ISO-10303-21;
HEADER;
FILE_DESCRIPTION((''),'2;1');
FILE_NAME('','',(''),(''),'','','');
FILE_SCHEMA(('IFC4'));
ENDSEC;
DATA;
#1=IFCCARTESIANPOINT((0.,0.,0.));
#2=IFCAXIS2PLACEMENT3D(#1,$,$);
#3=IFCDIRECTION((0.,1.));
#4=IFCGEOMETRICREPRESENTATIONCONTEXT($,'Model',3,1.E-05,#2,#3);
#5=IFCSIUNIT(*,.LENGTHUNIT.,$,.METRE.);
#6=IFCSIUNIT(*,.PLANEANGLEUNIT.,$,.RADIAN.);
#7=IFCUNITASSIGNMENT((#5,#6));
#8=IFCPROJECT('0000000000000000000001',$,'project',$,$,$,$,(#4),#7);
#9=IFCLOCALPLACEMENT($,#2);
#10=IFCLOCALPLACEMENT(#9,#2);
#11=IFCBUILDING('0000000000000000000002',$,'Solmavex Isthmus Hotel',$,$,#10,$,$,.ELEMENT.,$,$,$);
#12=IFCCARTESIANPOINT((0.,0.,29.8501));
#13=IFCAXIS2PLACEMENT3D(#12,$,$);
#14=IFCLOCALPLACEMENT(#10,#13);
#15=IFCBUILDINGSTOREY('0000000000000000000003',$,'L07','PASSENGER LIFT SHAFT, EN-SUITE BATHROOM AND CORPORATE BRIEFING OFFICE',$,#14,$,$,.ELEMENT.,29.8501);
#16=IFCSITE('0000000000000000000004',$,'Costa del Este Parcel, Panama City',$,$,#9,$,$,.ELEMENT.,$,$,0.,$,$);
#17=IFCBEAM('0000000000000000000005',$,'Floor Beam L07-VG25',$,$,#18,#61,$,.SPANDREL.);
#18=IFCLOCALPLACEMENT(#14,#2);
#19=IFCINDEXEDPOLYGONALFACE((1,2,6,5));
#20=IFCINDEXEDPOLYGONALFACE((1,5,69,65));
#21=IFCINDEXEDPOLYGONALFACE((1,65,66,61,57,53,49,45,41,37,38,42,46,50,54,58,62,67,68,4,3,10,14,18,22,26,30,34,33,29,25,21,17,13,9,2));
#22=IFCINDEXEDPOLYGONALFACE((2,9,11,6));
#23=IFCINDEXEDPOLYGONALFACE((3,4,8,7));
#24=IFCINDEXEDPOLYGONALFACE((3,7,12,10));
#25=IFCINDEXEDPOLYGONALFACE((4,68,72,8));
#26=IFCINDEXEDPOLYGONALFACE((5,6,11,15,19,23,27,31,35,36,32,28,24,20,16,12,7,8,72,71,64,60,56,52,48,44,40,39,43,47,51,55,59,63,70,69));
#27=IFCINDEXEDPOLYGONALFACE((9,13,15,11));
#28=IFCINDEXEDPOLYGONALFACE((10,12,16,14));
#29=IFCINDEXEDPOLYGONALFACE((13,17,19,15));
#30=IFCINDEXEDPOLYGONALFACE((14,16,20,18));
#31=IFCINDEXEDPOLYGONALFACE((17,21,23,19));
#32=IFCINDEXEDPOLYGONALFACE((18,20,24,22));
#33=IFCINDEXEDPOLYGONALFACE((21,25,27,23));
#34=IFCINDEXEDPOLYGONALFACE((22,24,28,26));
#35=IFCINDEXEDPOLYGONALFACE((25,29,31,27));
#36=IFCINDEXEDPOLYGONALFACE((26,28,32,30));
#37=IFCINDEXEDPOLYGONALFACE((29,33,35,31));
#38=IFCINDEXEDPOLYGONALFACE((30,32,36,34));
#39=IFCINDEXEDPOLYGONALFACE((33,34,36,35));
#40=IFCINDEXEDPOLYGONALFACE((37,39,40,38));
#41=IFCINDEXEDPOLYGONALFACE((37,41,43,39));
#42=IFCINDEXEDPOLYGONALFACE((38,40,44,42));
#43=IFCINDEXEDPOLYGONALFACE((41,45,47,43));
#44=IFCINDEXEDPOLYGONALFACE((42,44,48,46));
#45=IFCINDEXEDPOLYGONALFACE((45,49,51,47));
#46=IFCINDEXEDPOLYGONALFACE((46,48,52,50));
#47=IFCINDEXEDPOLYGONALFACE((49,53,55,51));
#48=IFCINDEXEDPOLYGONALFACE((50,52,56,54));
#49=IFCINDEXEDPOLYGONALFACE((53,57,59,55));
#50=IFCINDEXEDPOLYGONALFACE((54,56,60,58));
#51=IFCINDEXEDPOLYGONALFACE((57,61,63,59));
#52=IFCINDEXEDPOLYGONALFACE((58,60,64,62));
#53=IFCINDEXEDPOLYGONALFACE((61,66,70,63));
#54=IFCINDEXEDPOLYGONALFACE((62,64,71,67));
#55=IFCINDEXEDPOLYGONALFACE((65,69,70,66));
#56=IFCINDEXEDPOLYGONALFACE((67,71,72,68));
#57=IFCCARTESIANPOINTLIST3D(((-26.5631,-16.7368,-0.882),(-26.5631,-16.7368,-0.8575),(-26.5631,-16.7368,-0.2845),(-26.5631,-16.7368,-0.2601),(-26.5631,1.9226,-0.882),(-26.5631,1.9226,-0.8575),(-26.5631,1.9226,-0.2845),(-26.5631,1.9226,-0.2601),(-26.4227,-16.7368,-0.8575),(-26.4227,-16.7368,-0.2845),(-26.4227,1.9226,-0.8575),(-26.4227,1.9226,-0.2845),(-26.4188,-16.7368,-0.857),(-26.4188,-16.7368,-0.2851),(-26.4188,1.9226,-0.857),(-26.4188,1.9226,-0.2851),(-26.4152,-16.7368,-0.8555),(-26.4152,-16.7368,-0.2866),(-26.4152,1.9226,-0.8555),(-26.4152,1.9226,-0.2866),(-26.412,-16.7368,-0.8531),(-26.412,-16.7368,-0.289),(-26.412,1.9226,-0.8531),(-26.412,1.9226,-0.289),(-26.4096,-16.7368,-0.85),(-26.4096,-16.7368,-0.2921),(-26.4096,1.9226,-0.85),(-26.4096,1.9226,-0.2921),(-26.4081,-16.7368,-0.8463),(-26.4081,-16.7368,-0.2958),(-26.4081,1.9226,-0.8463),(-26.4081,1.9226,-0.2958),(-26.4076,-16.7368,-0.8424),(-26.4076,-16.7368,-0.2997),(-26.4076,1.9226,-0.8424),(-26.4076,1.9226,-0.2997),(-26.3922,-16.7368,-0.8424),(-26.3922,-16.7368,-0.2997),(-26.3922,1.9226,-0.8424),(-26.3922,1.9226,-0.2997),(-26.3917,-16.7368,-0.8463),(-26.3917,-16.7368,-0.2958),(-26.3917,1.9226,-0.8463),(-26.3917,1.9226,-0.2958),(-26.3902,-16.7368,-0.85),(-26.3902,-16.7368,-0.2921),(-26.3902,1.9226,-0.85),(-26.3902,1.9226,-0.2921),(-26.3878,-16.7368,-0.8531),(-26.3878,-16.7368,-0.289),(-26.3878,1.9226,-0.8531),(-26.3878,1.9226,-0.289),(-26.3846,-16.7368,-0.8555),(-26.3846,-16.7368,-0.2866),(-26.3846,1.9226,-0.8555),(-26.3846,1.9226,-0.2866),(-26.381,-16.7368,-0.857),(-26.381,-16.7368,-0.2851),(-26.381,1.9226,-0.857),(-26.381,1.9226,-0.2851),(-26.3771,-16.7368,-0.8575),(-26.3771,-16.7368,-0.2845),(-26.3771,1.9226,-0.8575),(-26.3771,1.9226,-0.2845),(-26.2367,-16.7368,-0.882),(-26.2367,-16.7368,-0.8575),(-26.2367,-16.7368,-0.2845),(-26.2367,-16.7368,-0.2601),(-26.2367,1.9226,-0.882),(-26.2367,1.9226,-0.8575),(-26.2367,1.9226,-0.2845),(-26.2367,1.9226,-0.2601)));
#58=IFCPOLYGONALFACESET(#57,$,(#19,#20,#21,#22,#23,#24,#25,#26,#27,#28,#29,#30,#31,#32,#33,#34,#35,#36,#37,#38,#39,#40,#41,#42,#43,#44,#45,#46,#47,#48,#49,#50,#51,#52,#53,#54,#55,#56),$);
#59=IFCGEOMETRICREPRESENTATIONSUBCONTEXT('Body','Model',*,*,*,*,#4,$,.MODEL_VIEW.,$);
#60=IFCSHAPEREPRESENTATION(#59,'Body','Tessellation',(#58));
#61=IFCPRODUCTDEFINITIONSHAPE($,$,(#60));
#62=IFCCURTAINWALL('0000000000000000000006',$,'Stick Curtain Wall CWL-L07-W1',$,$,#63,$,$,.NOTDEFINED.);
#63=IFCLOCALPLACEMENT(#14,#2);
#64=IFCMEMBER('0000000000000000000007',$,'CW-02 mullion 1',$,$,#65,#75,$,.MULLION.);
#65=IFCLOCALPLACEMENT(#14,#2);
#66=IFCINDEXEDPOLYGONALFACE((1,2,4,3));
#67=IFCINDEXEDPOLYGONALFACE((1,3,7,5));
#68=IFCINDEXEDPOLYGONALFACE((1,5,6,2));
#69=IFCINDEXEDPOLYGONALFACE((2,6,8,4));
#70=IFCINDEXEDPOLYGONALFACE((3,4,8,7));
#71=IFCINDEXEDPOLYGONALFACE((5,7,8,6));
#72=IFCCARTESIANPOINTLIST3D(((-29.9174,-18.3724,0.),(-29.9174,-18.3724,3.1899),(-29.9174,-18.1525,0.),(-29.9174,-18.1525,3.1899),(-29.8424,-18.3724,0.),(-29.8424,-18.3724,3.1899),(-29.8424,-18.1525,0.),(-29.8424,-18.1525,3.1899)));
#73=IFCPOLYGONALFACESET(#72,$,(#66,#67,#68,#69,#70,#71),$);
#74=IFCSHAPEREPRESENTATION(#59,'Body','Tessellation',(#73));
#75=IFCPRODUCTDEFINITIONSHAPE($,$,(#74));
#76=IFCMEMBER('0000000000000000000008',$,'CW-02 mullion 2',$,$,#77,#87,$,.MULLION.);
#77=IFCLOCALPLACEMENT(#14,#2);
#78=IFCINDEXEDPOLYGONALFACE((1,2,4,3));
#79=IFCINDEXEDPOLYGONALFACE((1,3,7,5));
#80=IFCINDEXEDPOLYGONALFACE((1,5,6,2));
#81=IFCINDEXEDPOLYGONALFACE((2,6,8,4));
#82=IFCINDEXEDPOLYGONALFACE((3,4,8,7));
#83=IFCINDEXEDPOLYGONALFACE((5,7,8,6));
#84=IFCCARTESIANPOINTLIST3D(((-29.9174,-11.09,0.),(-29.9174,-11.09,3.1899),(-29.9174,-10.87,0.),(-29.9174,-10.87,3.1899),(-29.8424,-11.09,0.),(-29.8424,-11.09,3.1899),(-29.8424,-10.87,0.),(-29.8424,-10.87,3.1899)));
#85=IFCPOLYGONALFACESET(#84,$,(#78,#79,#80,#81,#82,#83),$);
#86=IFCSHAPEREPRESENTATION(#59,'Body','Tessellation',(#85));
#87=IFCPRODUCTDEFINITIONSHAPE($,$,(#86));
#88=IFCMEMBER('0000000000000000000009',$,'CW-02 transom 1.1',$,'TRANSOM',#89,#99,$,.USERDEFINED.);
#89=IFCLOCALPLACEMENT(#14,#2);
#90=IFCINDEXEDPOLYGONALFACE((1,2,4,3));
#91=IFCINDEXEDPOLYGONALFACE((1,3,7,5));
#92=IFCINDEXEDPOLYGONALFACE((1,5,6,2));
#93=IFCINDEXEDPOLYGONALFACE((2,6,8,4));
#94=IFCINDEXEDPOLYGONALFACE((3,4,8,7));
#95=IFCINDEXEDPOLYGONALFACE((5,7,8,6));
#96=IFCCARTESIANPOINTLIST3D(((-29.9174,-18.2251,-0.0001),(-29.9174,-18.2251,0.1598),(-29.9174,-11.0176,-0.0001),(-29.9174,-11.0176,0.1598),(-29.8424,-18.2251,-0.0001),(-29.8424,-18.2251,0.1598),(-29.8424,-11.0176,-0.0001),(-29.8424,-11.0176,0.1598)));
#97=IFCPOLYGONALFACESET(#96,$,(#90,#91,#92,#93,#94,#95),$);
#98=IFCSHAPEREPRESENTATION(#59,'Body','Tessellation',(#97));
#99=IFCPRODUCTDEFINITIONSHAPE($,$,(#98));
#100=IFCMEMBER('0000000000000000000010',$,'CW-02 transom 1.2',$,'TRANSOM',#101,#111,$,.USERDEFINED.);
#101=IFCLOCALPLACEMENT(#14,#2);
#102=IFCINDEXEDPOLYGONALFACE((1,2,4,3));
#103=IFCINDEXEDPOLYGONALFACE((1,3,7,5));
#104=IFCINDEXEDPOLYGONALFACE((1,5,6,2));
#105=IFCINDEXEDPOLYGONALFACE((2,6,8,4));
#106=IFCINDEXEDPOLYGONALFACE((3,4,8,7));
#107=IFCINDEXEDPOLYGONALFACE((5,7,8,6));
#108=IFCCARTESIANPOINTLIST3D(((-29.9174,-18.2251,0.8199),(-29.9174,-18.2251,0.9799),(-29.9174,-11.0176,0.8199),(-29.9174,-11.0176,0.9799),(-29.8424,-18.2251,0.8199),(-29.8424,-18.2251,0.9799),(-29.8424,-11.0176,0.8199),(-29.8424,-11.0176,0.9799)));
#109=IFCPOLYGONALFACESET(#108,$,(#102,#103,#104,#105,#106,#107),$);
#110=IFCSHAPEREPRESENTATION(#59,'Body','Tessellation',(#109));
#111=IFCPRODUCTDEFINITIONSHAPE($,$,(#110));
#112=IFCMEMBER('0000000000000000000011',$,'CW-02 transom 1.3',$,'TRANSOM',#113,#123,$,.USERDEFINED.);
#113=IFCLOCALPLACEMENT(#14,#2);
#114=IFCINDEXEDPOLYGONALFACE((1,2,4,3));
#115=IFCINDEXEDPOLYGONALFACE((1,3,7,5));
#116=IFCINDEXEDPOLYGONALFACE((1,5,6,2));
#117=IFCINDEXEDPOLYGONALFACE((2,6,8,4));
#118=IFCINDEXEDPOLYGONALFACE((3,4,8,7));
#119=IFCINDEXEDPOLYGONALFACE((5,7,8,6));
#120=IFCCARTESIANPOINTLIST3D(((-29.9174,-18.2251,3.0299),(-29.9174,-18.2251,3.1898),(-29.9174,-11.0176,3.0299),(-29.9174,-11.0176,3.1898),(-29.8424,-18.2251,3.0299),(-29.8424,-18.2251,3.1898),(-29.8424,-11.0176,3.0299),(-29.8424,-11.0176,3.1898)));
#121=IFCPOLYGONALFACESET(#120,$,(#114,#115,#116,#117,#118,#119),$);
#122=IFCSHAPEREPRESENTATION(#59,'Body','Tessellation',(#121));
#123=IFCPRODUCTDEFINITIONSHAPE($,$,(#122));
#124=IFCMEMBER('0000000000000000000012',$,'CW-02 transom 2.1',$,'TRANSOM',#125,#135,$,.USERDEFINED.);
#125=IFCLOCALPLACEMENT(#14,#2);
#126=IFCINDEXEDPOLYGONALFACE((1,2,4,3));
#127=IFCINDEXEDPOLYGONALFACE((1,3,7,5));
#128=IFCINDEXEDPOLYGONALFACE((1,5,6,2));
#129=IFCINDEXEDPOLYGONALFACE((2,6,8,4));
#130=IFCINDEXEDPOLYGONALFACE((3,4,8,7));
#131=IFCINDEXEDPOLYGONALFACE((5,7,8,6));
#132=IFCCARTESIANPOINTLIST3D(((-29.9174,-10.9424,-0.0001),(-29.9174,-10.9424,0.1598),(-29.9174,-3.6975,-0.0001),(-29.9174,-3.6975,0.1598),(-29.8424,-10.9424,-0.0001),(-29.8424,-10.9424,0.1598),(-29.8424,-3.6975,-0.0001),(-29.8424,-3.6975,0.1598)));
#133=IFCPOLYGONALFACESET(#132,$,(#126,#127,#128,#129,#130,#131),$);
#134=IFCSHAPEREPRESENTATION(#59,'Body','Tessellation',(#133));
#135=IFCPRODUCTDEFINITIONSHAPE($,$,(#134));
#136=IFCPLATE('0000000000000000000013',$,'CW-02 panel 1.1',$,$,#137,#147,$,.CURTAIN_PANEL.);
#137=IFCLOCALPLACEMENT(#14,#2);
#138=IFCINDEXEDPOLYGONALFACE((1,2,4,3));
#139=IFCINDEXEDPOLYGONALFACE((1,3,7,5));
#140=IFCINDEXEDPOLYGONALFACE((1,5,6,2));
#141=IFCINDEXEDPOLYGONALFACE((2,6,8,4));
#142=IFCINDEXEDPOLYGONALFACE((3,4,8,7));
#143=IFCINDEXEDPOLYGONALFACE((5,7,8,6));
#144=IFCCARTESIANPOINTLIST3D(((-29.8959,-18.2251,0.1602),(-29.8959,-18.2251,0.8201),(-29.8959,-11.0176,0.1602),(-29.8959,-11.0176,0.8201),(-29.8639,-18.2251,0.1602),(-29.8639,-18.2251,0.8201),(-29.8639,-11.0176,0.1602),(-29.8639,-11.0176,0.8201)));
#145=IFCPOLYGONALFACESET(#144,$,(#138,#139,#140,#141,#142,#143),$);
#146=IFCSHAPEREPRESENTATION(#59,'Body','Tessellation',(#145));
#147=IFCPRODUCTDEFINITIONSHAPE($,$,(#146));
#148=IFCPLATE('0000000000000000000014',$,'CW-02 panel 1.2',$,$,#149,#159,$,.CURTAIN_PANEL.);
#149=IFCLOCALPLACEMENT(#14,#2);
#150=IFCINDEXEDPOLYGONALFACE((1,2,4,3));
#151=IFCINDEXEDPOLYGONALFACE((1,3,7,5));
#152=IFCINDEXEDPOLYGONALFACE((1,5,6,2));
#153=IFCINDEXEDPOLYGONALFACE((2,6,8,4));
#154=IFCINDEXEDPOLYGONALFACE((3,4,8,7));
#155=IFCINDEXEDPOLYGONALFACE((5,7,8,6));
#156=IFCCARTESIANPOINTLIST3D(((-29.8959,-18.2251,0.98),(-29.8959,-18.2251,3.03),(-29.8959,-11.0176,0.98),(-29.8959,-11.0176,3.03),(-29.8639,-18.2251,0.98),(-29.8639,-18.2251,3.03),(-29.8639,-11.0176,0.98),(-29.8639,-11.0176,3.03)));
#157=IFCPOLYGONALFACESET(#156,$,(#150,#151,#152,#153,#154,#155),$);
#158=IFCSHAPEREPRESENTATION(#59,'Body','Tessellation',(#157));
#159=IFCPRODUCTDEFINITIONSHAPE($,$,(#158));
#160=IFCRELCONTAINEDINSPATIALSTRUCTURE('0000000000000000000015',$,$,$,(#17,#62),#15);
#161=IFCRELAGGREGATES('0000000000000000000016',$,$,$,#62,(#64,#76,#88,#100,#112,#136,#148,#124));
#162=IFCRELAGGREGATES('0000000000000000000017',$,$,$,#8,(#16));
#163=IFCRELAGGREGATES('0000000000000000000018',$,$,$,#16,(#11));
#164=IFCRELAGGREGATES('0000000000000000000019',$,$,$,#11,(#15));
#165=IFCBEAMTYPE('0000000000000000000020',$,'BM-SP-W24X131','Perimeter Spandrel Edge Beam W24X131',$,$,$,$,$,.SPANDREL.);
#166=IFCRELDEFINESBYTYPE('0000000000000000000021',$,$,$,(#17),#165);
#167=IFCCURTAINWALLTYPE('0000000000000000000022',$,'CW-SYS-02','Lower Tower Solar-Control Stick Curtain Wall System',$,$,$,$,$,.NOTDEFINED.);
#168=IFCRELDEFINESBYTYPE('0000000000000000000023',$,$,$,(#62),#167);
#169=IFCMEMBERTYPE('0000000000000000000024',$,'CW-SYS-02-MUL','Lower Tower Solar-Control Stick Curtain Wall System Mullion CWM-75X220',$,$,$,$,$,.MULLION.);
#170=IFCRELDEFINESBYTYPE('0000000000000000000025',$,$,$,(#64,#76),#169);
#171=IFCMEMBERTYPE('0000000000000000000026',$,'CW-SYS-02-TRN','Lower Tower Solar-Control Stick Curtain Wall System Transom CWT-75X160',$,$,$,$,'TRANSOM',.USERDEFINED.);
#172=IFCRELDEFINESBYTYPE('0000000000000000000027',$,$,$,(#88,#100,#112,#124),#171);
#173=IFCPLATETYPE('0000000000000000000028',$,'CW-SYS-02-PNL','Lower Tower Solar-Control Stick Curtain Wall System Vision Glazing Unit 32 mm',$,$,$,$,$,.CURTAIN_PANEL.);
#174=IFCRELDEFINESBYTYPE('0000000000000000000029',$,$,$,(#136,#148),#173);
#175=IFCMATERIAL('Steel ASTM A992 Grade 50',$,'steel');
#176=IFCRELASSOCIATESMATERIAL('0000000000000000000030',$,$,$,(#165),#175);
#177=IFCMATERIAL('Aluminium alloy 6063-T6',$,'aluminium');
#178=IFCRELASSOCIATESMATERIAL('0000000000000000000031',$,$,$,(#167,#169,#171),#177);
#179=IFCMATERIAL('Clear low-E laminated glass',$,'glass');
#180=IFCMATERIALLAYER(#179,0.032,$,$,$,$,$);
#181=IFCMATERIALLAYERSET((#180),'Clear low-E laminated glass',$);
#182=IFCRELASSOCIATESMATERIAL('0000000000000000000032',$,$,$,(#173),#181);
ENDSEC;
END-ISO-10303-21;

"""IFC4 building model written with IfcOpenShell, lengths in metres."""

from ifc_helpers import new_model, si_unit, direction, frame, origin, origin_2d, place, context, subcontext, project, spatial, rectangle, i_section, extrude, material, layer, layer_set, material_profile, profile_set, type_object, element, aggregate, save


model = new_model("IFC4")

# Units and contexts
model_context = context("Model", 3, precision=1e-05, world=origin(), true_north=direction((0.0, 1.0)))
body_context = subcontext(model_context, "Body", "Model", "MODEL_VIEW")
ifc_project = project(units=[si_unit("LENGTHUNIT", "METRE"), si_unit("PLANEANGLEUNIT", "RADIAN")], contexts=[model_context])

# Site, building, storey
site_placement = place(None, origin())
site = spatial("IfcSite", under=ifc_project, at=site_placement, Name="Costa del Este Parcel, Panama City", CompositionType="ELEMENT", RefElevation=0.0)
building_placement = place(site_placement, origin())
building = spatial("IfcBuilding", under=site, at=building_placement, Name="Solmavex Isthmus Hotel", CompositionType="ELEMENT")
storey_placement = place(building_placement, frame((0.0, 0.0, 29.8501)))
storey = spatial("IfcBuildingStorey", under=building, at=storey_placement, Name="L07", Description="PASSENGER LIFT SHAFT, EN-SUITE BATHROOM AND CORPORATE BRIEFING OFFICE", CompositionType="ELEMENT", Elevation=29.8501)

# Beam
ifc_material_1 = material(Name="Steel ASTM A992 Grade 50", Category="steel")
ifc_material_profile_1 = material_profile(ifc_material_1, i_section(OverallWidth=0.3264, OverallDepth=0.6218, WebThickness=0.0154, FlangeThickness=0.0244, FilletRadius=0.0151, at=origin_2d()), Name="W24X131")
ifc_profile_set_1 = profile_set([ifc_material_profile_1], Name="Steel ASTM A992 Grade 50")
beam_type_1 = type_object("IfcBeamType", Name="BM-SP-W24X131", Description="Perimeter Spandrel Edge Beam W24X131", PredefinedType="SPANDREL", material=ifc_profile_set_1)
beam_1_placement = place(storey_placement, frame((-26.3999, -16.7368, -0.571), z_axis=(0.0, 1.0, 0.0), x_axis=(-1.0, 0.0, 0.0)))
element("IfcBeam", 1, at=beam_1_placement, inside=storey, type_object=beam_type_1, Name="Floor Beam L07-VG25", PredefinedType="SPANDREL", context=body_context, shape_type="SweptSolid", body=[
    extrude(i_section(OverallWidth=0.3264, OverallDepth=0.6218, WebThickness=0.0154, FlangeThickness=0.0244, FilletRadius=0.0151, at=origin_2d()), origin(), (0.0, 0.0, 1.0), 18.6594),
])

# Curtain wall, members, plates
ifc_material_2 = material(Name="Aluminium alloy 6063-T6", Category="aluminium")
curtain_wall_type = type_object("IfcCurtainWallType", Name="CW-SYS-02", Description="Lower Tower Solar-Control Stick Curtain Wall System", PredefinedType="NOTDEFINED", material=ifc_material_2)
curtain_wall_placement = place(storey_placement, origin())
curtain_wall = element("IfcCurtainWall", 2, at=curtain_wall_placement, inside=storey, type_object=curtain_wall_type, Name="Stick Curtain Wall CWL-L07-W1", PredefinedType="NOTDEFINED")
ifc_material_profile_2 = material_profile(ifc_material_2, rectangle(XDim=0.075, YDim=0.22, at=origin_2d()), Name="CWM-75X220")
ifc_profile_set_2 = profile_set([ifc_material_profile_2], Name="Aluminium alloy 6063-T6")
member_type_1 = type_object("IfcMemberType", Name="CW-SYS-02-MUL", Description="Lower Tower Solar-Control Stick Curtain Wall System Mullion CWM-75X220", PredefinedType="MULLION", material=ifc_profile_set_2)
member_1_placement = place(storey_placement, frame((-29.8799, -18.2625, 0.0), z_axis=(0.0, 0.0, 1.0), x_axis=(-1.0, 0.0, 0.0)))
member_1 = element("IfcMember", 3, at=member_1_placement, type_object=member_type_1, Name="CW-02 mullion 1", PredefinedType="MULLION", context=body_context, shape_type="SweptSolid", body=[
    extrude(rectangle(XDim=0.075, YDim=0.22, at=origin_2d()), origin(), (0.0, 0.0, 1.0), 3.1899),
])
member_2_placement = place(storey_placement, frame((-29.8799, -10.98, 0.0), z_axis=(0.0, 0.0, 1.0), x_axis=(-1.0, 0.0, 0.0)))
member_2 = element("IfcMember", 4, at=member_2_placement, type_object=member_type_1, Name="CW-02 mullion 2", PredefinedType="MULLION", context=body_context, shape_type="SweptSolid", body=[
    extrude(rectangle(XDim=0.075, YDim=0.22, at=origin_2d()), origin(), (0.0, 0.0, 1.0), 3.1899),
])
ifc_material_profile_3 = material_profile(ifc_material_2, rectangle(XDim=0.075, YDim=0.1599, at=origin_2d()), Name="CWT-75X160")
ifc_profile_set_3 = profile_set([ifc_material_profile_3], Name="Aluminium alloy 6063-T6")
member_type_2 = type_object("IfcMemberType", Name="CW-SYS-02-TRN", Description="Lower Tower Solar-Control Stick Curtain Wall System Transom CWT-75X160", ElementType="TRANSOM", PredefinedType="USERDEFINED", material=ifc_profile_set_3)
member_3_placement = place(storey_placement, frame((-29.8799, -18.2251, 0.0798), z_axis=(0.0, 1.0, 0.0), x_axis=(-1.0, 0.0, 0.0)))
member_3 = element("IfcMember", 5, at=member_3_placement, type_object=member_type_2, Name="CW-02 transom 1.1", ObjectType="TRANSOM", PredefinedType="USERDEFINED", context=body_context, shape_type="SweptSolid", body=[
    extrude(rectangle(XDim=0.075, YDim=0.1599, at=origin_2d()), origin(), (0.0, 0.0, 1.0), 7.2075),
])
member_4_placement = place(storey_placement, frame((-29.8799, -18.2251, 0.8999), z_axis=(0.0, 1.0, 0.0), x_axis=(-1.0, 0.0, 0.0)))
member_4 = element("IfcMember", 6, at=member_4_placement, type_object=member_type_2, Name="CW-02 transom 1.2", ObjectType="TRANSOM", PredefinedType="USERDEFINED", context=body_context, shape_type="SweptSolid", body=[
    extrude(rectangle(XDim=0.075, YDim=0.1599, at=origin_2d()), origin(), (0.0, 0.0, 1.0), 7.2075),
])
member_5_placement = place(storey_placement, frame((-29.8799, -18.2251, 3.1099), z_axis=(0.0, 1.0, 0.0), x_axis=(-1.0, 0.0, 0.0)))
member_5 = element("IfcMember", 7, at=member_5_placement, type_object=member_type_2, Name="CW-02 transom 1.3", ObjectType="TRANSOM", PredefinedType="USERDEFINED", context=body_context, shape_type="SweptSolid", body=[
    extrude(rectangle(XDim=0.075, YDim=0.1599, at=origin_2d()), origin(), (0.0, 0.0, 1.0), 7.2075),
])
member_6_placement = place(storey_placement, frame((-29.8799, -10.9424, 0.0798), z_axis=(0.0, 1.0, 0.0), x_axis=(-1.0, 0.0, 0.0)))
member_6 = element("IfcMember", 8, at=member_6_placement, type_object=member_type_2, Name="CW-02 transom 2.1", ObjectType="TRANSOM", PredefinedType="USERDEFINED", context=body_context, shape_type="SweptSolid", body=[
    extrude(rectangle(XDim=0.075, YDim=0.1599, at=origin_2d()), origin(), (0.0, 0.0, 1.0), 7.2449),
])
ifc_material_3 = material(Name="Clear low-E laminated glass", Category="glass")
ifc_layer_1 = layer(ifc_material_3, 0.032)
ifc_layer_set_1 = layer_set([ifc_layer_1], Name="Clear low-E laminated glass")
plate_type = type_object("IfcPlateType", Name="CW-SYS-02-PNL", Description="Lower Tower Solar-Control Stick Curtain Wall System Vision Glazing Unit 32 mm", PredefinedType="CURTAIN_PANEL", material=ifc_layer_set_1)
plate_1_placement = place(storey_placement, frame((-29.8799, -14.6213, 0.1602), z_axis=(0.0, 0.0, 1.0), x_axis=(0.0, 1.0, 0.0)))
plate_1 = element("IfcPlate", 9, at=plate_1_placement, type_object=plate_type, Name="CW-02 panel 1.1", PredefinedType="CURTAIN_PANEL", context=body_context, shape_type="SweptSolid", body=[
    extrude(rectangle(XDim=7.2075, YDim=0.032, at=origin_2d()), origin(), (0.0, 0.0, 1.0), 0.6599),
])
plate_2_placement = place(storey_placement, frame((-29.8799, -14.6213, 0.98), z_axis=(0.0, 0.0, 1.0), x_axis=(0.0, 1.0, 0.0)))
plate_2 = element("IfcPlate", 10, at=plate_2_placement, type_object=plate_type, Name="CW-02 panel 1.2", PredefinedType="CURTAIN_PANEL", context=body_context, shape_type="SweptSolid", body=[
    extrude(rectangle(XDim=7.2075, YDim=0.032, at=origin_2d()), origin(), (0.0, 0.0, 1.0), 2.05),
])
aggregate(curtain_wall, [member_1, member_2, member_3, member_4, member_5, plate_1, plate_2, member_6])

save(model, "model.ifc")
